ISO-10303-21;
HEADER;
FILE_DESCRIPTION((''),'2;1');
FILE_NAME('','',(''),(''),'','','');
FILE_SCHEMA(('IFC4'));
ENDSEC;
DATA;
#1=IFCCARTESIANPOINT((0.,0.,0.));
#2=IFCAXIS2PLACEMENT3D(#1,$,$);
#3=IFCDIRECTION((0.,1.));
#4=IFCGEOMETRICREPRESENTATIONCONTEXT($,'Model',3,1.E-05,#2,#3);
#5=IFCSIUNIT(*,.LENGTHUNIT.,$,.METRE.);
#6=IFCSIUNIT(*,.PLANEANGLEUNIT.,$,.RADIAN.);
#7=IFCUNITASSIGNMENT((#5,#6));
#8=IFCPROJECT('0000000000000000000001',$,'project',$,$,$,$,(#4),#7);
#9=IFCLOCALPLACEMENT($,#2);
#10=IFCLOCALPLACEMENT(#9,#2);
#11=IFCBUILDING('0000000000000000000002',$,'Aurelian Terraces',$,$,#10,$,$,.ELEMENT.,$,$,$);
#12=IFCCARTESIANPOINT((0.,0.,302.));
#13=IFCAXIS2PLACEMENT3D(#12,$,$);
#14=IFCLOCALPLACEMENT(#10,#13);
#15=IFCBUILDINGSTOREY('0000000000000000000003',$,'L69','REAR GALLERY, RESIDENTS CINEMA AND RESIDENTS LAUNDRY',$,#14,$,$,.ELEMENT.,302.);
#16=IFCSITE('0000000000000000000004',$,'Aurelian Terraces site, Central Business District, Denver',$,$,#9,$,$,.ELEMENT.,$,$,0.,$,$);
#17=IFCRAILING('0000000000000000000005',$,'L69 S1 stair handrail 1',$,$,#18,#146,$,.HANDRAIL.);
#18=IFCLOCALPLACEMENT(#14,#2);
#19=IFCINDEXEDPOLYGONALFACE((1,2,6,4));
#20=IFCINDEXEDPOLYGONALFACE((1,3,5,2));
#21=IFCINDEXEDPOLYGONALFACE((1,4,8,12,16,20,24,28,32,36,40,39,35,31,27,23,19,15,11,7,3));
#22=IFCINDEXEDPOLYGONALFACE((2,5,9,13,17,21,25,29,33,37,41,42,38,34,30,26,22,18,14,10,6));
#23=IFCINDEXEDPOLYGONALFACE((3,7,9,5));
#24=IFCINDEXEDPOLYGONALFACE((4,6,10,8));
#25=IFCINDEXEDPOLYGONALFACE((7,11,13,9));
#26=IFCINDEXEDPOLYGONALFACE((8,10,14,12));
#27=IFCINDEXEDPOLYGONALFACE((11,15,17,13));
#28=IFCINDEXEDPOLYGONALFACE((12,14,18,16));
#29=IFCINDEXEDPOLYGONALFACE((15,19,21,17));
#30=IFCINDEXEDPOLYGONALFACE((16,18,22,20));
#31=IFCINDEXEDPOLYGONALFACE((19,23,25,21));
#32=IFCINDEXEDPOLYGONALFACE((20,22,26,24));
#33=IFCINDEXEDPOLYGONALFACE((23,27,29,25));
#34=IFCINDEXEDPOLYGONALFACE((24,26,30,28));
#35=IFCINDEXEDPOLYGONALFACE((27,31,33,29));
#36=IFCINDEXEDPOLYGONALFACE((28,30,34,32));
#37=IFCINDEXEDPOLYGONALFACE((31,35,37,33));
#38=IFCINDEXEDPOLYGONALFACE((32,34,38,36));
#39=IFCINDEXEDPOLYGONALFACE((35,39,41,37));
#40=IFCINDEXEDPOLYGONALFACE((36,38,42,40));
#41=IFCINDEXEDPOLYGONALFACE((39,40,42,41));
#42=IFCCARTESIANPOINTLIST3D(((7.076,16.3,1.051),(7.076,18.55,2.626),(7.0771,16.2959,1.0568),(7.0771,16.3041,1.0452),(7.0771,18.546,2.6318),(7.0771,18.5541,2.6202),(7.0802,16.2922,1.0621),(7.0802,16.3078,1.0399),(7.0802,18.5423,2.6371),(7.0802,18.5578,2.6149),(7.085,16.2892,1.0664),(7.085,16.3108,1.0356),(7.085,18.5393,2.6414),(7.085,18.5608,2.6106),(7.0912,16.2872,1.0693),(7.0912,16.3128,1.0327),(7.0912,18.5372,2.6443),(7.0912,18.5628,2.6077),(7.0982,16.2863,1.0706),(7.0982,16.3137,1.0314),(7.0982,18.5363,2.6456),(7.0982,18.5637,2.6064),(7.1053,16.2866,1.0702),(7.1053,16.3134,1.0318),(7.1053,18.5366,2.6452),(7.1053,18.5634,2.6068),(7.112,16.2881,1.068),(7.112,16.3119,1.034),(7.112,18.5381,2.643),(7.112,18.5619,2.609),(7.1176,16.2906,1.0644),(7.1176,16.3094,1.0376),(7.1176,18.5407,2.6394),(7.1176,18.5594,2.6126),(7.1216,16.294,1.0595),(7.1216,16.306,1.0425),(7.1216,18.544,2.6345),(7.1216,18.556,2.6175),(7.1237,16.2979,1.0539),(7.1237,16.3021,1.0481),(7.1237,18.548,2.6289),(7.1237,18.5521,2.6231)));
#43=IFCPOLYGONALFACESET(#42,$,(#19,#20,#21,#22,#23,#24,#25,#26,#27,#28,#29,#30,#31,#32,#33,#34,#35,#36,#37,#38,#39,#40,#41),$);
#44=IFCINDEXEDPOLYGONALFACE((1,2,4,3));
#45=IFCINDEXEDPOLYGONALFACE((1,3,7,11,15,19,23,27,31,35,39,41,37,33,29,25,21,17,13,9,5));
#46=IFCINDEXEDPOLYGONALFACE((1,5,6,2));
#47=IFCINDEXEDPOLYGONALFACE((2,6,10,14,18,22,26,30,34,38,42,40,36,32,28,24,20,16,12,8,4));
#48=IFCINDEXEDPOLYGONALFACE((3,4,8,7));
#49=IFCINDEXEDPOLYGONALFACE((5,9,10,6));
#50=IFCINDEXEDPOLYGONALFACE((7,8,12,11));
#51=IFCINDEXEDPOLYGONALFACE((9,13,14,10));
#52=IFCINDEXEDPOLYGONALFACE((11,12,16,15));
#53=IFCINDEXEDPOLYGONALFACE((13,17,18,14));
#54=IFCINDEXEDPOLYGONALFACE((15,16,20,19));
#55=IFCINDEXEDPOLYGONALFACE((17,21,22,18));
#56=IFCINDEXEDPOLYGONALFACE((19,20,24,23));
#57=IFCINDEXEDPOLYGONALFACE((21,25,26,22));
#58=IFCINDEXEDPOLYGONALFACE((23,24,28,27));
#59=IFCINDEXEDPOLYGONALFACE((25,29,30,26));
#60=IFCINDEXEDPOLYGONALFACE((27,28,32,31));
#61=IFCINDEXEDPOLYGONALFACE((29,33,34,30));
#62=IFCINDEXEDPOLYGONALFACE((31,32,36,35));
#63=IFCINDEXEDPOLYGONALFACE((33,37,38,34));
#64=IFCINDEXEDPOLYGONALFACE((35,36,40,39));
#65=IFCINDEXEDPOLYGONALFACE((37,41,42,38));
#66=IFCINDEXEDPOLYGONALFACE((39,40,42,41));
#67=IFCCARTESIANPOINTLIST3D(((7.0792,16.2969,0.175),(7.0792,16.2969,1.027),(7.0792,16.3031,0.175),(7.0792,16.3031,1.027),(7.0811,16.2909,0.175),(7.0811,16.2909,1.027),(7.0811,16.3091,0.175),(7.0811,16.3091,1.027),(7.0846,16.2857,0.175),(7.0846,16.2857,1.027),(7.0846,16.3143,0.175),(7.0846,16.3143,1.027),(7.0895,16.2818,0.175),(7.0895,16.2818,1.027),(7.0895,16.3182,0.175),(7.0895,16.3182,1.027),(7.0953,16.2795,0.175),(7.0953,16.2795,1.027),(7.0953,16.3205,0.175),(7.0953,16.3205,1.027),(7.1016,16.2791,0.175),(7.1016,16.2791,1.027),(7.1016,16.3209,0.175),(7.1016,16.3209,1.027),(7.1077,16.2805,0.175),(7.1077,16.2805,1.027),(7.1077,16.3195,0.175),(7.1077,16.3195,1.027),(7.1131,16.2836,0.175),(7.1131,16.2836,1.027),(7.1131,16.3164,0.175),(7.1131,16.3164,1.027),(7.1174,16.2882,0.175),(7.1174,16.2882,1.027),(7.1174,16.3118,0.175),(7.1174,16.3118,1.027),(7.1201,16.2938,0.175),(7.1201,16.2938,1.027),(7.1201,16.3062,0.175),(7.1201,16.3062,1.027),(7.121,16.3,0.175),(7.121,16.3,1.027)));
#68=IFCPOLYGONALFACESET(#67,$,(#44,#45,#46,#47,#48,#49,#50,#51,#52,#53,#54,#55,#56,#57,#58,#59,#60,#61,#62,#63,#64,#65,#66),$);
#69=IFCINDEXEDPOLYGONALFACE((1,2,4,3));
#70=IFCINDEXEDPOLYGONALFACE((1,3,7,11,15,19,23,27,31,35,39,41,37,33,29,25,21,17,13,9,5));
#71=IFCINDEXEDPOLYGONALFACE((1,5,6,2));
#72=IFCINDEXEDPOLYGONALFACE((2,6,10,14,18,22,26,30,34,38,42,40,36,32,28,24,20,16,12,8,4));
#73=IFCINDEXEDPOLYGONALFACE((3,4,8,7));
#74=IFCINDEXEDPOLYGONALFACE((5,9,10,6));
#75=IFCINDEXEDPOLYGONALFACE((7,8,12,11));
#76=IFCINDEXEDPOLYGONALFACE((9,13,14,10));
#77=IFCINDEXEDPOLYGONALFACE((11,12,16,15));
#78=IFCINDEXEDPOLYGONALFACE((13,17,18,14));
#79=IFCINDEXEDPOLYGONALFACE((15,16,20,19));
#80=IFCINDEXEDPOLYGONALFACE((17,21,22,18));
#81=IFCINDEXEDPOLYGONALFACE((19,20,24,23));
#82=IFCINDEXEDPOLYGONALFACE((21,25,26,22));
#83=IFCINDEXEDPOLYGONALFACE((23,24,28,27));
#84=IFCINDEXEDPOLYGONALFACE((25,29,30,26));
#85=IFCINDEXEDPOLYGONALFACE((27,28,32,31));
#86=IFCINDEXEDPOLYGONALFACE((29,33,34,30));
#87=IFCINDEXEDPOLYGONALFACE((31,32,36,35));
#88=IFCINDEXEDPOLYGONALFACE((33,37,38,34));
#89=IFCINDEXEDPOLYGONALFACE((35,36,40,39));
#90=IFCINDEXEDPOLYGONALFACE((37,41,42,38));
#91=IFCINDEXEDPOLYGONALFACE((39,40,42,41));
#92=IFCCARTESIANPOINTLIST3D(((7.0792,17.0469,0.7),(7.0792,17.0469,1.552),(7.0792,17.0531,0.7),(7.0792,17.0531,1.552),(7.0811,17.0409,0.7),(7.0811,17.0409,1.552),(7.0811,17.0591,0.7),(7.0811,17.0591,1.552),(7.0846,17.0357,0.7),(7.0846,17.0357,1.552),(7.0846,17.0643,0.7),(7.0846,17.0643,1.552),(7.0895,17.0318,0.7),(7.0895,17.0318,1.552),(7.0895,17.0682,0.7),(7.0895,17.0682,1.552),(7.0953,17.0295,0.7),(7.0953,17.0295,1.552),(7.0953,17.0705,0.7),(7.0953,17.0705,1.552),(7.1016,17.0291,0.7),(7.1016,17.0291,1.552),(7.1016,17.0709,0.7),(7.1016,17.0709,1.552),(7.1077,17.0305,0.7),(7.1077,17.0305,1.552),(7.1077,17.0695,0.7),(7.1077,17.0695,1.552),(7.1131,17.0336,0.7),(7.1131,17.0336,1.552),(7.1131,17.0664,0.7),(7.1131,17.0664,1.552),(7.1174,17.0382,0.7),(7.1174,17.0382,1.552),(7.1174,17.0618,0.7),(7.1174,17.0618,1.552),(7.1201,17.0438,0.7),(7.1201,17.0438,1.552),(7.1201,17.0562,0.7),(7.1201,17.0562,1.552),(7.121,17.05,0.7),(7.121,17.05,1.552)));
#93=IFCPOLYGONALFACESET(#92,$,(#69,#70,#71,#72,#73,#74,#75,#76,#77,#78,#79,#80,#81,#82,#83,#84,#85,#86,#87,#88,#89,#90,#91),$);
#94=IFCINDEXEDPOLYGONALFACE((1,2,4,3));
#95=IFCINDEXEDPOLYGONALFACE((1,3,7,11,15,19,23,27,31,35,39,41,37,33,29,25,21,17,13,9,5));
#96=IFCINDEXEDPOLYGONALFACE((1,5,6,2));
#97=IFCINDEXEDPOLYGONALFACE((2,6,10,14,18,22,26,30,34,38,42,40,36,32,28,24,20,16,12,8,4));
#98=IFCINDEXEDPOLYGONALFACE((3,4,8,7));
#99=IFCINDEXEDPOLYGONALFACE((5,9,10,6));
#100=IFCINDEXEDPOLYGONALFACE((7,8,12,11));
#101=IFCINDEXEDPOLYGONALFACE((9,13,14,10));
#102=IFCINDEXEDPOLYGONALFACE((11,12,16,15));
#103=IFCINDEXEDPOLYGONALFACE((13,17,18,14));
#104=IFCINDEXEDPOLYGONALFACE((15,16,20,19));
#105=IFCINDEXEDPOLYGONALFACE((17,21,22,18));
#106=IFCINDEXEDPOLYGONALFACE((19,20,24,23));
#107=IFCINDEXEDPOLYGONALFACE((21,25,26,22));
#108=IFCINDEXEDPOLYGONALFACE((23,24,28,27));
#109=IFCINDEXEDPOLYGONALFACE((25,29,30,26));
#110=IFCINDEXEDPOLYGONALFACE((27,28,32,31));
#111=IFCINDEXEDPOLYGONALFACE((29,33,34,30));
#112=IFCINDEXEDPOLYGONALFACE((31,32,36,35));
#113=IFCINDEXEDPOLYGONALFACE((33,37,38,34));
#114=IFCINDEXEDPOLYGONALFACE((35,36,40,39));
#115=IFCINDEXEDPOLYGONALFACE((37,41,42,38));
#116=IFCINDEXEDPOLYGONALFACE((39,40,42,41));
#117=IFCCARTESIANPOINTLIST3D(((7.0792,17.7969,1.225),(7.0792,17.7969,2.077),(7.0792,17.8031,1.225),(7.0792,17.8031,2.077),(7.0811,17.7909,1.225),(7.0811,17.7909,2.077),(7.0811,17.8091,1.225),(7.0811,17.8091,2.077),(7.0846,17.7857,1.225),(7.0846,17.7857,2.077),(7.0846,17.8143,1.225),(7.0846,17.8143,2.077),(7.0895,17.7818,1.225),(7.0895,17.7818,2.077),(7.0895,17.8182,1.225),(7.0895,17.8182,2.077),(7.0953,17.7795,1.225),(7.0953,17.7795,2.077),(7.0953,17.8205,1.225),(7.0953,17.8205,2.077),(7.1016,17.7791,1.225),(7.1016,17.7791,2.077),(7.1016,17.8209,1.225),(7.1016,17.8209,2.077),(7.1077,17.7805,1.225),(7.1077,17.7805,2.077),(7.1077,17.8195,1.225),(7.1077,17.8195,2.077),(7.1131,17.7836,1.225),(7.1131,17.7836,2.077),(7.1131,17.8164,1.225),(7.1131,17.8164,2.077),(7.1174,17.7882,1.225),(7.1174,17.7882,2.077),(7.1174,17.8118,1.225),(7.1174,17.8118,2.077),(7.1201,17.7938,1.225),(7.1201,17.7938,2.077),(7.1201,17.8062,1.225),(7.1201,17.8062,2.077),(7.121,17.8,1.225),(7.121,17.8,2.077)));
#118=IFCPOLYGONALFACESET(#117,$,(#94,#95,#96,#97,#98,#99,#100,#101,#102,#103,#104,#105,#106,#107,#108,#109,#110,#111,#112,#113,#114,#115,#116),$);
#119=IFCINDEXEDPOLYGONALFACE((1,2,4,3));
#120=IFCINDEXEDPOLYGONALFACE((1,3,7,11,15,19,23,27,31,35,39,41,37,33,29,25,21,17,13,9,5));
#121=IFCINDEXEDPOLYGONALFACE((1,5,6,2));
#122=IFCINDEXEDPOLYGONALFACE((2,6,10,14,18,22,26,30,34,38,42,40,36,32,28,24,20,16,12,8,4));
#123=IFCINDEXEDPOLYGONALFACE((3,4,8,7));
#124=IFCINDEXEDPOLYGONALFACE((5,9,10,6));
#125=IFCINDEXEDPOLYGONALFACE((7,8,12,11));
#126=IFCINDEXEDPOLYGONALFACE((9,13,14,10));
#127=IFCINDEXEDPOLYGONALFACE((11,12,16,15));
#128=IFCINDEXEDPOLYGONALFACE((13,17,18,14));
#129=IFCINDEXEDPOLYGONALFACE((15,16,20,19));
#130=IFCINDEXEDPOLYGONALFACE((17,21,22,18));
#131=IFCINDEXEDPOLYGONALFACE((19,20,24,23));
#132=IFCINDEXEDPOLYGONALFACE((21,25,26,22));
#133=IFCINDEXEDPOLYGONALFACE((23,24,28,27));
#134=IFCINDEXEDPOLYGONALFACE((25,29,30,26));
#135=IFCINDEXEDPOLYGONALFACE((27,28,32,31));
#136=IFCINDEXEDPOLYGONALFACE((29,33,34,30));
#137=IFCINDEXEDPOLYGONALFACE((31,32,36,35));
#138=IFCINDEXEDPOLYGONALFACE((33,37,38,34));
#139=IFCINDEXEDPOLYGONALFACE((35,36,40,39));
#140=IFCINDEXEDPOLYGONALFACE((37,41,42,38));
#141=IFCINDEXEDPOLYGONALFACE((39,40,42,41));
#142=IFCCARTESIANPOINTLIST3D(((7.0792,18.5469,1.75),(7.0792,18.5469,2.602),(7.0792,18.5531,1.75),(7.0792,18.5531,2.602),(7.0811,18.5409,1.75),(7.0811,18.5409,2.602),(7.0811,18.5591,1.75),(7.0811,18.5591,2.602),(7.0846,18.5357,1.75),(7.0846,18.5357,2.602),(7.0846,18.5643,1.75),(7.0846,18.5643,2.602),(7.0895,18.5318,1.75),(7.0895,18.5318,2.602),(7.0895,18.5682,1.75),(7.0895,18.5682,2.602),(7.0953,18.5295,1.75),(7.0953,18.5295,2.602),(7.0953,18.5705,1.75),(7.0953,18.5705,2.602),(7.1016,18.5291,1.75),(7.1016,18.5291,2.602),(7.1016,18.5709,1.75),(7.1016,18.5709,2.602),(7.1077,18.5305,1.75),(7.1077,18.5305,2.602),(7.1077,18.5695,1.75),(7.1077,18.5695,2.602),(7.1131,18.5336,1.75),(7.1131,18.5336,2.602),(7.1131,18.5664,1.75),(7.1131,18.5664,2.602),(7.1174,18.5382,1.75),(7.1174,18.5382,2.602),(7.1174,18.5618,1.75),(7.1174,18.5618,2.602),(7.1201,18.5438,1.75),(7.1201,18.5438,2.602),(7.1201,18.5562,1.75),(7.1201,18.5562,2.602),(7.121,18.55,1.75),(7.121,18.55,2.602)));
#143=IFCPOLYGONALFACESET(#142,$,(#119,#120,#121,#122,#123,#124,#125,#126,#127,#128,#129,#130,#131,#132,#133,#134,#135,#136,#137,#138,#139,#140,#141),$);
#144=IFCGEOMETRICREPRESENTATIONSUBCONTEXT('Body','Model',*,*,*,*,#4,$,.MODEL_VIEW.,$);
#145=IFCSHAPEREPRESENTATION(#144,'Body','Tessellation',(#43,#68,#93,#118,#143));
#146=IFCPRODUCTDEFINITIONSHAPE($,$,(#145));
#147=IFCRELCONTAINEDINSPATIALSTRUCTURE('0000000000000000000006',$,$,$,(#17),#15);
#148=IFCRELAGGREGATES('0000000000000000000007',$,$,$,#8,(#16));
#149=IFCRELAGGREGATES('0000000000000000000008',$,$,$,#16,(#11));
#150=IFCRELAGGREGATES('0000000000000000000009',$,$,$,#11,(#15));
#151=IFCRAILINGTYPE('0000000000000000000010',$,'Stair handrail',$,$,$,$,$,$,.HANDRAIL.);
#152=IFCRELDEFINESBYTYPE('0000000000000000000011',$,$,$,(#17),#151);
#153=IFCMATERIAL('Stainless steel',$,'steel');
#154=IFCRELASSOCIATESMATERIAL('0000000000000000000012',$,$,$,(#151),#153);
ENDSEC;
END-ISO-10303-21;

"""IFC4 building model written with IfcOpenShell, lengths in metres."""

from ifc_helpers import new_model, si_unit, direction, frame, origin, origin_2d, place, context, subcontext, project, spatial, circle, extrude, source, transform, mapped, material, type_object, element, save


model = new_model("IFC4")

# Units and contexts
model_context = context("Model", 3, precision=1e-05, world=origin(), true_north=direction((0.0, 1.0)))
body_context = subcontext(model_context, "Body", "Model", "MODEL_VIEW")
ifc_project = project(units=[si_unit("LENGTHUNIT", "METRE"), si_unit("PLANEANGLEUNIT", "RADIAN")], contexts=[model_context])

# Site, building, storey
site_placement = place(None, origin())
site = spatial("IfcSite", under=ifc_project, at=site_placement, Name="Aurelian Terraces site, Central Business District, Denver", CompositionType="ELEMENT", RefElevation=0.0)
building_placement = place(site_placement, origin())
building = spatial("IfcBuilding", under=site, at=building_placement, Name="Aurelian Terraces", CompositionType="ELEMENT")
storey_placement = place(building_placement, frame((0.0, 0.0, 302.0)))
storey = spatial("IfcBuildingStorey", under=building, at=storey_placement, Name="L69", Description="REAR GALLERY, RESIDENTS CINEMA AND RESIDENTS LAUNDRY", CompositionType="ELEMENT", Elevation=302.0)

# Railing
ifc_material_1 = material(Name="Stainless steel", Category="steel")
railing_type_1 = type_object("IfcRailingType", Name="Stair handrail", PredefinedType="HANDRAIL", material=ifc_material_1)
shared_shape_1 = source(origin(), body_context, "Body", "SweptSolid", [
    extrude(circle(Radius=0.024, at=origin_2d()), frame((0.0, 0.0, 0.876), z_axis=(0.0, 0.819232, 0.573462), x_axis=(-1.0, 0.0, 0.0)), (0.0, 0.0, 1.0), 2.7465),
    extrude(circle(Radius=0.021, at=origin_2d()), origin(), (0.0, 0.0, 1.0), 0.852),
    extrude(circle(Radius=0.021, at=origin_2d()), frame((0.0, 0.75, 0.525)), (0.0, 0.0, 1.0), 0.852),
    extrude(circle(Radius=0.021, at=origin_2d()), frame((0.0, 1.5, 1.05)), (0.0, 0.0, 1.0), 0.852),
    extrude(circle(Radius=0.021, at=origin_2d()), frame((0.0, 2.25, 1.575)), (0.0, 0.0, 1.0), 0.852),
])
railing_1_placement = place(storey_placement, frame((7.1, 16.3, 0.175)))
element("IfcRailing", 1, at=railing_1_placement, inside=storey, type_object=railing_type_1, Name="L69 S1 stair handrail 1", PredefinedType="HANDRAIL", context=body_context, shape_type="MappedRepresentation", body=[
    mapped(shared_shape_1, transform((0.0, 0.0, 0.0), scale=1.0)),
])

save(model, "model.ifc")
